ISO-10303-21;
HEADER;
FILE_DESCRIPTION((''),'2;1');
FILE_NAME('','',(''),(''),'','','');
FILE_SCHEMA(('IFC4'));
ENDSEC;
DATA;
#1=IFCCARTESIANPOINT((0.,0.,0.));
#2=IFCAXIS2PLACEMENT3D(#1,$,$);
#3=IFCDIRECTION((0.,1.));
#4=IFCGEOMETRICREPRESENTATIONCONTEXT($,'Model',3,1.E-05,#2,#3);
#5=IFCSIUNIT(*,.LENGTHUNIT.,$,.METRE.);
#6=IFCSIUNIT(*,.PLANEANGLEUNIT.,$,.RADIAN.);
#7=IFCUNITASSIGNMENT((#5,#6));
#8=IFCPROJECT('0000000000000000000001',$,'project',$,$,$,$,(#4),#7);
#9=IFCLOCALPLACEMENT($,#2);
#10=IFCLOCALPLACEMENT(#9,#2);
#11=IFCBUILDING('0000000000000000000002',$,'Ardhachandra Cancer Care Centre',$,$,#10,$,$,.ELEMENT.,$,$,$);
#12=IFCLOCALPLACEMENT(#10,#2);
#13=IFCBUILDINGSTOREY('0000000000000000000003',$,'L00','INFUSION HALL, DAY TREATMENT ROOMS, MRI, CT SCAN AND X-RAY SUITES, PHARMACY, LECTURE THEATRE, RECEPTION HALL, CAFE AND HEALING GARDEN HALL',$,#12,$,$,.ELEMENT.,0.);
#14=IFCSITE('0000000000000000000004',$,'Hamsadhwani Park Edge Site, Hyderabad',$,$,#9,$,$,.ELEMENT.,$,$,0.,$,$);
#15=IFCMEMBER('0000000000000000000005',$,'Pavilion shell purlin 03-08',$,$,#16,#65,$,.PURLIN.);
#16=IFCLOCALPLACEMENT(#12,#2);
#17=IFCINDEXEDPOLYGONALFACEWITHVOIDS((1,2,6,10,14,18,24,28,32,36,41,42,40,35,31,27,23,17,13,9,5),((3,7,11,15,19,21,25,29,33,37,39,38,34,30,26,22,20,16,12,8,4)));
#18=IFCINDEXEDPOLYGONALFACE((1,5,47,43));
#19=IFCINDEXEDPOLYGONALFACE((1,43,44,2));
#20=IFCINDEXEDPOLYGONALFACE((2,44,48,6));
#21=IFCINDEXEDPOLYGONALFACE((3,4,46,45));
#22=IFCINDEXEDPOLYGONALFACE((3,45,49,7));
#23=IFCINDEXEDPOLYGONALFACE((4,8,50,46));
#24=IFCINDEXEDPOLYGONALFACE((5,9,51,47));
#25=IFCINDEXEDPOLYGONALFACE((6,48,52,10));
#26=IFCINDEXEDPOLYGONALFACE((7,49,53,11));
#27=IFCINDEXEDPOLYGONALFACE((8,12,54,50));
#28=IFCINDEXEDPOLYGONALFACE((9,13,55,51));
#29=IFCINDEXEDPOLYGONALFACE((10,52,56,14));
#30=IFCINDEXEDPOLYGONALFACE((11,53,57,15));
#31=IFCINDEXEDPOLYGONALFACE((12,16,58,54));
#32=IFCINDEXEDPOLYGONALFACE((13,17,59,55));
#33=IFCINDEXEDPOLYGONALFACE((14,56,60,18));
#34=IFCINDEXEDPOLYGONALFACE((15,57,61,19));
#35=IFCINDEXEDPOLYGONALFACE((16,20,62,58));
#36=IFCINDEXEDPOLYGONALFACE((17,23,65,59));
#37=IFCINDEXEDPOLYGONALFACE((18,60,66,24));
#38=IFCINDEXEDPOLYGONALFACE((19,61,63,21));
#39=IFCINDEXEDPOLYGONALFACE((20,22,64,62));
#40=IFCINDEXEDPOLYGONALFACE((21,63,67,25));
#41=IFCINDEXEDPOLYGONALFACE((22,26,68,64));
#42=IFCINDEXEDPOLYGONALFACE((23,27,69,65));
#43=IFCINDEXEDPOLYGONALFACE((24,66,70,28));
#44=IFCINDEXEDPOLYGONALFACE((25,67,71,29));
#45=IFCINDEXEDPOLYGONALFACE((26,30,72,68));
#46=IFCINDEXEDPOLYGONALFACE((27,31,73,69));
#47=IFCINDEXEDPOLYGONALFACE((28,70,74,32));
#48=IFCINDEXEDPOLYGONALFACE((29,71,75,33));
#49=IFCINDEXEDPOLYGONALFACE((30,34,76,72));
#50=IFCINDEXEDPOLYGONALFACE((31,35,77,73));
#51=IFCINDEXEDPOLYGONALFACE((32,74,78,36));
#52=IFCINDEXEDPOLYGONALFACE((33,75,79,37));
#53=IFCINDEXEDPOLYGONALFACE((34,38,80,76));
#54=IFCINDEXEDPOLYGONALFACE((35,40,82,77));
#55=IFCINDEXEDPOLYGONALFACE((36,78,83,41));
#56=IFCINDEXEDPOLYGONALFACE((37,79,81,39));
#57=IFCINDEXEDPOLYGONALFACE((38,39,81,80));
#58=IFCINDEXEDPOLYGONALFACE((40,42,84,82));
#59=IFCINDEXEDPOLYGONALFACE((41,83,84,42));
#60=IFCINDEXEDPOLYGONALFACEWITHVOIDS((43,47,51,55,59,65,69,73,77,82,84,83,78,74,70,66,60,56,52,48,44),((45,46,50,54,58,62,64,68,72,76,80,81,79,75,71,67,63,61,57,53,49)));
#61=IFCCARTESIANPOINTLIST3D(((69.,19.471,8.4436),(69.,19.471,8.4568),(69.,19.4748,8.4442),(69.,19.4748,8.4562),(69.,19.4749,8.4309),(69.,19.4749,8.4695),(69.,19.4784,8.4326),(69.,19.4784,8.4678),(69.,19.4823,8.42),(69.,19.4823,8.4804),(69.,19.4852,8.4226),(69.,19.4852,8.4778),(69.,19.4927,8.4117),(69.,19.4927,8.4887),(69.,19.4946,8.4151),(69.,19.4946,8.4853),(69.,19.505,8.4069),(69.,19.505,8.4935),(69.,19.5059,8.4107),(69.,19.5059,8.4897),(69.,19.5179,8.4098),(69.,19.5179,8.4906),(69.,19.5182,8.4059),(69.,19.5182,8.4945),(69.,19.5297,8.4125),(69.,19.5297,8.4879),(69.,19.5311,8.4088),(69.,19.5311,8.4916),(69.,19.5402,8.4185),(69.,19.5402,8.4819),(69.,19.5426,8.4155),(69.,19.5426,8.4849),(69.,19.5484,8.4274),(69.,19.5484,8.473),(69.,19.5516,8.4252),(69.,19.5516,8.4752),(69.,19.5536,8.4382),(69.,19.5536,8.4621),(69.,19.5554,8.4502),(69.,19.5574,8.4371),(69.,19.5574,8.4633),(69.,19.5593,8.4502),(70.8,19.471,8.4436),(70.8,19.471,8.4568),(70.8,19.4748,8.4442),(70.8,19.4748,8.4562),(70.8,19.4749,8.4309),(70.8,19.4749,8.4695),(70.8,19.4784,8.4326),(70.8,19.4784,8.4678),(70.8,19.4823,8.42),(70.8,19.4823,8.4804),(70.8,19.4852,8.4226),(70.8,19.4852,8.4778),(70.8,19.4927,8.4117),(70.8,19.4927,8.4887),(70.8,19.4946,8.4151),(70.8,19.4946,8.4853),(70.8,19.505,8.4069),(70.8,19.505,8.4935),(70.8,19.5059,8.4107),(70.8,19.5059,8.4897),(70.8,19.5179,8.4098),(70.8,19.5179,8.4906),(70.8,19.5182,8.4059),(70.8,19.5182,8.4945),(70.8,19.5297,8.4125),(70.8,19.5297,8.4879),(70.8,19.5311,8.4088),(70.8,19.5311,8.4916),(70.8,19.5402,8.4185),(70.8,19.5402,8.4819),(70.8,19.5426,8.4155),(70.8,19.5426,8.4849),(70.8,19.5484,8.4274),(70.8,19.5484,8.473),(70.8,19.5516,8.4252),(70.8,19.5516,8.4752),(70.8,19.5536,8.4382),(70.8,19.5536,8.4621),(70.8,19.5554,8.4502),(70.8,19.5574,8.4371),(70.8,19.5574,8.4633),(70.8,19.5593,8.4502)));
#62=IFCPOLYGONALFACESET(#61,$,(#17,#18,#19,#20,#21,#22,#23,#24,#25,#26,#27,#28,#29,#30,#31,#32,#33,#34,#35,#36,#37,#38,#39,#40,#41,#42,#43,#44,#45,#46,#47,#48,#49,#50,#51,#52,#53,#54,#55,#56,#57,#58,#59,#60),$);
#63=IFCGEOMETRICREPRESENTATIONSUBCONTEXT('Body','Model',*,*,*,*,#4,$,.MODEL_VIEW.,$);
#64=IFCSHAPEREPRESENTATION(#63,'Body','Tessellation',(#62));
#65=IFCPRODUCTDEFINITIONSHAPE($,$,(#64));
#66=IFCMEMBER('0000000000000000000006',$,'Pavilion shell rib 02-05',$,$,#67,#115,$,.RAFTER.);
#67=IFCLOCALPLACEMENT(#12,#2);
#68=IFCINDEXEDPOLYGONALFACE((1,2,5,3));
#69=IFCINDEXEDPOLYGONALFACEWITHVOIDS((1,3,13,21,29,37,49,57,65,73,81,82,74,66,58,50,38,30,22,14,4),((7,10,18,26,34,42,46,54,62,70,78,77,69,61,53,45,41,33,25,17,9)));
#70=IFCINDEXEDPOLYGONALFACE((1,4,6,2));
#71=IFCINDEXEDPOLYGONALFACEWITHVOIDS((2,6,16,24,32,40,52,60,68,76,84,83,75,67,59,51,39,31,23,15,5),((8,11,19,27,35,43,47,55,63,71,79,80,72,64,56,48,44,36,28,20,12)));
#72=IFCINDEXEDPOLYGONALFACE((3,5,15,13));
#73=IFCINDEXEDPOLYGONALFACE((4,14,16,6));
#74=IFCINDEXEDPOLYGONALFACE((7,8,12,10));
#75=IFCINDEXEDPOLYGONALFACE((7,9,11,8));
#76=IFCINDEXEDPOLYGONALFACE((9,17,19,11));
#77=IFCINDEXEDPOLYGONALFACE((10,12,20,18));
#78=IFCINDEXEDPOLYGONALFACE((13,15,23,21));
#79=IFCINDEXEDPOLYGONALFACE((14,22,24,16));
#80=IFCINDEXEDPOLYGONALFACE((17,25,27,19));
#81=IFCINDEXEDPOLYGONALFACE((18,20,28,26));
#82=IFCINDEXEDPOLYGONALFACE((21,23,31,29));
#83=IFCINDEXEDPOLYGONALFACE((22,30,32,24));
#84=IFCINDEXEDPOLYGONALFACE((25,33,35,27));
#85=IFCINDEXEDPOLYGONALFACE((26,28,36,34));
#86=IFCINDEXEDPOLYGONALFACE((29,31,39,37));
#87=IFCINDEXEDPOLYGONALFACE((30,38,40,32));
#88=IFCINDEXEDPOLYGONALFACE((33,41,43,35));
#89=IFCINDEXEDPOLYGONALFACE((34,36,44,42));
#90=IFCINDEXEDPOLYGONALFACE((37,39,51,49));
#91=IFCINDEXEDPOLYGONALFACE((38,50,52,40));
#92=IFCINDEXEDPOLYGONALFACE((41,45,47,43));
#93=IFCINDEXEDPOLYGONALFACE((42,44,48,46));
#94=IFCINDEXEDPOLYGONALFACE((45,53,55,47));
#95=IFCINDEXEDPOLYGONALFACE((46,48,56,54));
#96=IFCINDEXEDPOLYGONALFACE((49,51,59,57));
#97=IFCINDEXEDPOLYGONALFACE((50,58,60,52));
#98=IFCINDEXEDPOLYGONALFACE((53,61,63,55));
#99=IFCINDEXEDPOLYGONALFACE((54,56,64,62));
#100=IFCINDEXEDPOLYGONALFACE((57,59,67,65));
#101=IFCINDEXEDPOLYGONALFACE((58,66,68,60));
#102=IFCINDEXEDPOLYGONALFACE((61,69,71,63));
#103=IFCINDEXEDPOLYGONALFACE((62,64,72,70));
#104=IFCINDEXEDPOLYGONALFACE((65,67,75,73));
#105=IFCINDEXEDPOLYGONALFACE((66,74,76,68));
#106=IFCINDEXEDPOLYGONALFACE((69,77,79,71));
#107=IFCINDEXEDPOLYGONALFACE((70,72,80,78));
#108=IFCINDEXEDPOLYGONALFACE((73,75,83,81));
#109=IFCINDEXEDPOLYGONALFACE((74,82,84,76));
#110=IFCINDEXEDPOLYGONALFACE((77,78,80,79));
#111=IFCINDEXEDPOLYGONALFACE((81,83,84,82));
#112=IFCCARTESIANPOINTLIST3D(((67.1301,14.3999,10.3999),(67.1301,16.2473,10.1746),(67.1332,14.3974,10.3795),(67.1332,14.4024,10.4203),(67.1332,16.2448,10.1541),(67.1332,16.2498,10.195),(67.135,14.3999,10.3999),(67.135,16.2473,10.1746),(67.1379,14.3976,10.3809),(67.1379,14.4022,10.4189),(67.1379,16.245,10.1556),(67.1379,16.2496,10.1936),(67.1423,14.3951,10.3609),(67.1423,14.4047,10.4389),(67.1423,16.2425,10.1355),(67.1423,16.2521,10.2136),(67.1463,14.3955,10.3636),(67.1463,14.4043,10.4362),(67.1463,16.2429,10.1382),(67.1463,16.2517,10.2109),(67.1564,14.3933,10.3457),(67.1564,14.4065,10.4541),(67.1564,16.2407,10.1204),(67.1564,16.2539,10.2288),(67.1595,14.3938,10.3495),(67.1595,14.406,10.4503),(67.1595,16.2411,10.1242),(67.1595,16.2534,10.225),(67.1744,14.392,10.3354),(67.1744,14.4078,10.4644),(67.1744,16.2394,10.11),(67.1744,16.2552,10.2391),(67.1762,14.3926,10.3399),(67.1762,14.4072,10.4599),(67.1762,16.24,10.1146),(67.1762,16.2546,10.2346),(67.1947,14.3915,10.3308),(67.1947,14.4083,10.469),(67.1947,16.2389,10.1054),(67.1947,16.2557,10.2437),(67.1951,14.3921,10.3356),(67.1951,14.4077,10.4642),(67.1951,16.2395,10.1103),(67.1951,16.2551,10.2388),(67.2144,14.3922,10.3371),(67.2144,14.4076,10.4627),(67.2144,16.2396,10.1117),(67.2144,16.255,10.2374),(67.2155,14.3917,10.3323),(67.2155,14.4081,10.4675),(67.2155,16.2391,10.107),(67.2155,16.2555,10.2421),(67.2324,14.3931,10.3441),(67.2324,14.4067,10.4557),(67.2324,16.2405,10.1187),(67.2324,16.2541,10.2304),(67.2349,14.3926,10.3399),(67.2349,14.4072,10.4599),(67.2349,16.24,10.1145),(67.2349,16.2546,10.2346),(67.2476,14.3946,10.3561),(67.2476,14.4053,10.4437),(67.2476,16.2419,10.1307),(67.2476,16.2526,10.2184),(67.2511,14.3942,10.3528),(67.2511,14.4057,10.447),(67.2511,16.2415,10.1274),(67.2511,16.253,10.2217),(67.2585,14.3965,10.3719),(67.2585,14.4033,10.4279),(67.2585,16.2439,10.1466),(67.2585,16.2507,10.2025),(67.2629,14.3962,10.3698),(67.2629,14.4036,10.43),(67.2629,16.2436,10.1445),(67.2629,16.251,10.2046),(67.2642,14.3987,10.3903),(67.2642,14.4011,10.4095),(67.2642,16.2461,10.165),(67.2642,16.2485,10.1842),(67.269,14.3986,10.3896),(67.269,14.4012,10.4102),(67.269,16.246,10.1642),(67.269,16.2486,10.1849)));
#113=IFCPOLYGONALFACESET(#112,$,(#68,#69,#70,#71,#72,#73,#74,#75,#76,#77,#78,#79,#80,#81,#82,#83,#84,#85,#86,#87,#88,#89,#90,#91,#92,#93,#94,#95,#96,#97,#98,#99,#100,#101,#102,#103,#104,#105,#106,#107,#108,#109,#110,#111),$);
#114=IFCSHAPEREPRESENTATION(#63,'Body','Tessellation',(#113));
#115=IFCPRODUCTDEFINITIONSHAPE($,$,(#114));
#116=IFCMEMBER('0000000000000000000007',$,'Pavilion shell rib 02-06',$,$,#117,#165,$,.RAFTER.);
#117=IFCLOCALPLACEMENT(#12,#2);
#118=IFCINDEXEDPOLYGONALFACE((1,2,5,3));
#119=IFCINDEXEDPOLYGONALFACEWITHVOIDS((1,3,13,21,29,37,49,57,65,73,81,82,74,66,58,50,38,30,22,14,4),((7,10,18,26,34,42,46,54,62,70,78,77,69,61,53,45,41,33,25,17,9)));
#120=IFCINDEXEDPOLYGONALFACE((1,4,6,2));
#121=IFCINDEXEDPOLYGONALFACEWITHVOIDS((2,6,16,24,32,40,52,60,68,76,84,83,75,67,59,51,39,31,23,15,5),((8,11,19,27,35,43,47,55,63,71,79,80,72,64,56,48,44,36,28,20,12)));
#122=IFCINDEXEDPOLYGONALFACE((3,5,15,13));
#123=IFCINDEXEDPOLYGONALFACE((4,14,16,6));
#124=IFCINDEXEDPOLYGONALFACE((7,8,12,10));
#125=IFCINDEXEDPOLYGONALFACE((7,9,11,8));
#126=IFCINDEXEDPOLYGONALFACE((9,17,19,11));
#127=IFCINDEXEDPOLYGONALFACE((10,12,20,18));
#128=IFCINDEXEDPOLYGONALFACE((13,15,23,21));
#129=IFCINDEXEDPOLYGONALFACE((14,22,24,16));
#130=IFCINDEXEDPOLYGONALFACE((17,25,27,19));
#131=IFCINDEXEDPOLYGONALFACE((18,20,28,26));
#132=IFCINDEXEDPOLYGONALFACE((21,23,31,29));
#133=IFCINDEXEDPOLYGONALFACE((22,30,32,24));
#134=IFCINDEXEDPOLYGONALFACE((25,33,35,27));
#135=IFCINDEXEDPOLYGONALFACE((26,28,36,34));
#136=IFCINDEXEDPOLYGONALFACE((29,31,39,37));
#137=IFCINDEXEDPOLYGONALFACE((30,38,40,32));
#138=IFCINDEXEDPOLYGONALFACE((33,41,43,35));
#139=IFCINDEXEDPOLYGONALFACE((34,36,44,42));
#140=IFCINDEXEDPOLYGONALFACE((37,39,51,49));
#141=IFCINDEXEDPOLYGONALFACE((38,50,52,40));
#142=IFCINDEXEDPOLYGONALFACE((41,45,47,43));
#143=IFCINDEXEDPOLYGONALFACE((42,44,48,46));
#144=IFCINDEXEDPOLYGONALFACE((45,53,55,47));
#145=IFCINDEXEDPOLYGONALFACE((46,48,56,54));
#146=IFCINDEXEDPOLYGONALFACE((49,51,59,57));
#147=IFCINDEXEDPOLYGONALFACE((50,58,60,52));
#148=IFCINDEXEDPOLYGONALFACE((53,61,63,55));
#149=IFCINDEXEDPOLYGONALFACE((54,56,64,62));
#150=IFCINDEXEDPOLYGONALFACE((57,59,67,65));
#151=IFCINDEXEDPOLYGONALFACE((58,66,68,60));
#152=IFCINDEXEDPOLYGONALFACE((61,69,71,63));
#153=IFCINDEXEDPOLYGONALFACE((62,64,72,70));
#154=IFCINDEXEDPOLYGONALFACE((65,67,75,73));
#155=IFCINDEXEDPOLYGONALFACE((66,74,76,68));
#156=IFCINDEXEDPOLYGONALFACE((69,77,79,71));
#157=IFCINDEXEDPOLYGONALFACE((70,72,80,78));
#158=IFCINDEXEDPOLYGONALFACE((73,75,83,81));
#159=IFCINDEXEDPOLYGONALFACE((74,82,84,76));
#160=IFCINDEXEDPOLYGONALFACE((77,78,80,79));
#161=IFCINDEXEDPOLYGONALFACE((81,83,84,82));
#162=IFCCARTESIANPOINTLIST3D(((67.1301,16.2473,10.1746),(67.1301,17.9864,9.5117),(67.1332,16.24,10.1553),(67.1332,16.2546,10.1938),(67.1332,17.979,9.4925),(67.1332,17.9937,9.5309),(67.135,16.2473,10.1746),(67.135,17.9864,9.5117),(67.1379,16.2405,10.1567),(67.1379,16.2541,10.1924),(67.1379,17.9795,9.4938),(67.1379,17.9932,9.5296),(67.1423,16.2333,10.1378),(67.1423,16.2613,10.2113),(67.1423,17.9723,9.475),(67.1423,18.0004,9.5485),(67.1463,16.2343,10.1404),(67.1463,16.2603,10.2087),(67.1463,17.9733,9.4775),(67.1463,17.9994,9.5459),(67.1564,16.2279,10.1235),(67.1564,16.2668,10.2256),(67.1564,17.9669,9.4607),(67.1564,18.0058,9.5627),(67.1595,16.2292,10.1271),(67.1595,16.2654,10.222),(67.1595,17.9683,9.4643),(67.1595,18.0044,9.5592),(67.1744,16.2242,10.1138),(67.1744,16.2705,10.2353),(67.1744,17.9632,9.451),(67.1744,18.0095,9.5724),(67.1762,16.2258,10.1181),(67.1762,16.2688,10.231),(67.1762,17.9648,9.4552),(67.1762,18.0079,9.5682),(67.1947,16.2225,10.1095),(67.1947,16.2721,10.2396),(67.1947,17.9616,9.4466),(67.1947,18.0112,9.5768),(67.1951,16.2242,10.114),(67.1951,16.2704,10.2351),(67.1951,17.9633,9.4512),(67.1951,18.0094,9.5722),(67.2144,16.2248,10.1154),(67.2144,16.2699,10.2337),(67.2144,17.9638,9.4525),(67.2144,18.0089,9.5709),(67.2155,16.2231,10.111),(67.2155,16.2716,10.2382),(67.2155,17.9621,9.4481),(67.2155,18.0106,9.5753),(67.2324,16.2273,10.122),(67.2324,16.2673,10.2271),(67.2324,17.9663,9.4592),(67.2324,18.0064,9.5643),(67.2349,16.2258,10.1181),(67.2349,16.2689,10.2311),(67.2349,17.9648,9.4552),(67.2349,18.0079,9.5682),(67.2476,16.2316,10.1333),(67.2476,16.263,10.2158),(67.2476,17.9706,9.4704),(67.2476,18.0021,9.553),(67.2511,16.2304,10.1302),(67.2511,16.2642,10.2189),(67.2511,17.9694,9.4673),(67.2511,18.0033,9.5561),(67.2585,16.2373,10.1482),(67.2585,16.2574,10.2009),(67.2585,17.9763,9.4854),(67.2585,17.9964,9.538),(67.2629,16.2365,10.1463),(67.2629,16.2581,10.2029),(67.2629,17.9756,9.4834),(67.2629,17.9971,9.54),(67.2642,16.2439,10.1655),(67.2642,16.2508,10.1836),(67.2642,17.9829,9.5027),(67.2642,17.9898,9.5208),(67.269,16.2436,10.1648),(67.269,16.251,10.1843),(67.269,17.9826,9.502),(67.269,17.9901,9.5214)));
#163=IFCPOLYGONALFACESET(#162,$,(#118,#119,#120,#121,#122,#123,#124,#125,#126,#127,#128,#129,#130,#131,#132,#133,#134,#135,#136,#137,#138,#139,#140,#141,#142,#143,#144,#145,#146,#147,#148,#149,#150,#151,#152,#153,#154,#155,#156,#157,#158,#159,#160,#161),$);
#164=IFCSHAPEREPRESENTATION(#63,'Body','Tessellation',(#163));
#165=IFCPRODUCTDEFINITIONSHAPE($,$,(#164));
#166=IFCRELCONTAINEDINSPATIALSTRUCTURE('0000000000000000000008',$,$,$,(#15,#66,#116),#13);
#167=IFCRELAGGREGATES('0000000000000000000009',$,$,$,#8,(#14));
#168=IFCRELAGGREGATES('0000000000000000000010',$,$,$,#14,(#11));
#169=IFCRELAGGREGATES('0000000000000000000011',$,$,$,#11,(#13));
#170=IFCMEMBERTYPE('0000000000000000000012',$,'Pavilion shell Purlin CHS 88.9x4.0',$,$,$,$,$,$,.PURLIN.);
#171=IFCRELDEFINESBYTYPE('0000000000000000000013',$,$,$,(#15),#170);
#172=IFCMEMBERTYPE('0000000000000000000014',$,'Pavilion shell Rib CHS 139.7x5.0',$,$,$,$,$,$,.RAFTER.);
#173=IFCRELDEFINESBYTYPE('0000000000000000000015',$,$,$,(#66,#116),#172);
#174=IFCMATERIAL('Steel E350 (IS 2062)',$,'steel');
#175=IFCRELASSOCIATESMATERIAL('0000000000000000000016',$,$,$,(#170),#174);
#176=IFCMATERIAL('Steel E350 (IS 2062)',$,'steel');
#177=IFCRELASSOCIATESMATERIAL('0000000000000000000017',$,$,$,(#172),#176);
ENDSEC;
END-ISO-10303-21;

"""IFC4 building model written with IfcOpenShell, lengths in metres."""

from ifc_helpers import new_model, si_unit, direction, frame, origin, origin_2d, place, context, subcontext, project, spatial, hollow_circle, extrude, material, material_profile, profile_set, type_object, element, save


model = new_model("IFC4")

# Units and contexts
model_context = context("Model", 3, precision=1e-05, world=origin(), true_north=direction((0.0, 1.0)))
body_context = subcontext(model_context, "Body", "Model", "MODEL_VIEW")
ifc_project = project(units=[si_unit("LENGTHUNIT", "METRE"), si_unit("PLANEANGLEUNIT", "RADIAN")], contexts=[model_context])

# Site, building, storey
site_placement = place(None, origin())
site = spatial("IfcSite", under=ifc_project, at=site_placement, Name="Hamsadhwani Park Edge Site, Hyderabad", CompositionType="ELEMENT", RefElevation=0.0)
building_placement = place(site_placement, origin())
building = spatial("IfcBuilding", under=site, at=building_placement, Name="Ardhachandra Cancer Care Centre", CompositionType="ELEMENT")
storey_placement = place(building_placement, origin())
storey = spatial("IfcBuildingStorey", under=building, at=storey_placement, Name="L00", Description="INFUSION HALL, DAY TREATMENT ROOMS, MRI, CT SCAN AND X-RAY SUITES, PHARMACY, LECTURE THEATRE, RECEPTION HALL, CAFE AND HEALING GARDEN HALL", CompositionType="ELEMENT", Elevation=0.0)

# Members
ifc_material_1 = material(Name="Steel E350 (IS 2062)", Category="steel")
ifc_material_profile_1 = material_profile(ifc_material_1, hollow_circle(Radius=0.0444, WallThickness=0.0039, at=origin_2d()), Name="CHS 88.9x4.0")
ifc_profile_set_1 = profile_set([ifc_material_profile_1], Name="Steel E350 (IS 2062)")
member_type_1 = type_object("IfcMemberType", Name="Pavilion shell Purlin CHS 88.9x4.0", PredefinedType="PURLIN", material=ifc_profile_set_1)
for number, where, z_axis, x_axis, name in (
    (1, (69.0, 19.5149, 8.4502), (1.0, 0.0, 0.0), (0.0, 1.0, 0.0), "Pavilion shell purlin 03-08"),
):
    element("IfcMember", number, at=place(storey_placement, frame(where, z_axis=z_axis, x_axis=x_axis)), inside=storey, type_object=member_type_1, Name=name, PredefinedType="PURLIN", context=body_context, shape_type="SweptSolid", body=[
        extrude(hollow_circle(Radius=0.0444, WallThickness=0.0039, at=origin_2d()), origin(), (0.0, 0.0, 1.0), 1.8),
    ])
ifc_material_2 = material(Name="Steel E350 (IS 2062)", Category="steel")
ifc_material_profile_2 = material_profile(ifc_material_2, hollow_circle(Radius=0.0698, WallThickness=0.0049, at=origin_2d()), Name="CHS 139.7x5.0")
ifc_profile_set_2 = profile_set([ifc_material_profile_2], Name="Steel E350 (IS 2062)")
member_type_2 = type_object("IfcMemberType", Name="Pavilion shell Rib CHS 139.7x5.0", PredefinedType="RAFTER", material=ifc_profile_set_2)
for number, where, z_axis, x_axis, name in (
    (2, (67.2, 14.3999, 10.3999), (0.0, 0.992643, -0.12108), (-1.0, 0.0, 0.0), "Pavilion shell rib 02-05"),
    (3, (67.2, 16.2473, 10.1746), (0.0, 0.934423, -0.356164), (-1.0, 0.0, 0.0), "Pavilion shell rib 02-06"),
):
    element("IfcMember", number, at=place(storey_placement, frame(where, z_axis=z_axis, x_axis=x_axis)), inside=storey, type_object=member_type_2, Name=name, PredefinedType="RAFTER", context=body_context, shape_type="SweptSolid", body=[
        extrude(hollow_circle(Radius=0.0698, WallThickness=0.0049, at=origin_2d()), origin(), (0.0, 0.0, 1.0), 1.8611),
    ])

save(model, "model.ifc")
